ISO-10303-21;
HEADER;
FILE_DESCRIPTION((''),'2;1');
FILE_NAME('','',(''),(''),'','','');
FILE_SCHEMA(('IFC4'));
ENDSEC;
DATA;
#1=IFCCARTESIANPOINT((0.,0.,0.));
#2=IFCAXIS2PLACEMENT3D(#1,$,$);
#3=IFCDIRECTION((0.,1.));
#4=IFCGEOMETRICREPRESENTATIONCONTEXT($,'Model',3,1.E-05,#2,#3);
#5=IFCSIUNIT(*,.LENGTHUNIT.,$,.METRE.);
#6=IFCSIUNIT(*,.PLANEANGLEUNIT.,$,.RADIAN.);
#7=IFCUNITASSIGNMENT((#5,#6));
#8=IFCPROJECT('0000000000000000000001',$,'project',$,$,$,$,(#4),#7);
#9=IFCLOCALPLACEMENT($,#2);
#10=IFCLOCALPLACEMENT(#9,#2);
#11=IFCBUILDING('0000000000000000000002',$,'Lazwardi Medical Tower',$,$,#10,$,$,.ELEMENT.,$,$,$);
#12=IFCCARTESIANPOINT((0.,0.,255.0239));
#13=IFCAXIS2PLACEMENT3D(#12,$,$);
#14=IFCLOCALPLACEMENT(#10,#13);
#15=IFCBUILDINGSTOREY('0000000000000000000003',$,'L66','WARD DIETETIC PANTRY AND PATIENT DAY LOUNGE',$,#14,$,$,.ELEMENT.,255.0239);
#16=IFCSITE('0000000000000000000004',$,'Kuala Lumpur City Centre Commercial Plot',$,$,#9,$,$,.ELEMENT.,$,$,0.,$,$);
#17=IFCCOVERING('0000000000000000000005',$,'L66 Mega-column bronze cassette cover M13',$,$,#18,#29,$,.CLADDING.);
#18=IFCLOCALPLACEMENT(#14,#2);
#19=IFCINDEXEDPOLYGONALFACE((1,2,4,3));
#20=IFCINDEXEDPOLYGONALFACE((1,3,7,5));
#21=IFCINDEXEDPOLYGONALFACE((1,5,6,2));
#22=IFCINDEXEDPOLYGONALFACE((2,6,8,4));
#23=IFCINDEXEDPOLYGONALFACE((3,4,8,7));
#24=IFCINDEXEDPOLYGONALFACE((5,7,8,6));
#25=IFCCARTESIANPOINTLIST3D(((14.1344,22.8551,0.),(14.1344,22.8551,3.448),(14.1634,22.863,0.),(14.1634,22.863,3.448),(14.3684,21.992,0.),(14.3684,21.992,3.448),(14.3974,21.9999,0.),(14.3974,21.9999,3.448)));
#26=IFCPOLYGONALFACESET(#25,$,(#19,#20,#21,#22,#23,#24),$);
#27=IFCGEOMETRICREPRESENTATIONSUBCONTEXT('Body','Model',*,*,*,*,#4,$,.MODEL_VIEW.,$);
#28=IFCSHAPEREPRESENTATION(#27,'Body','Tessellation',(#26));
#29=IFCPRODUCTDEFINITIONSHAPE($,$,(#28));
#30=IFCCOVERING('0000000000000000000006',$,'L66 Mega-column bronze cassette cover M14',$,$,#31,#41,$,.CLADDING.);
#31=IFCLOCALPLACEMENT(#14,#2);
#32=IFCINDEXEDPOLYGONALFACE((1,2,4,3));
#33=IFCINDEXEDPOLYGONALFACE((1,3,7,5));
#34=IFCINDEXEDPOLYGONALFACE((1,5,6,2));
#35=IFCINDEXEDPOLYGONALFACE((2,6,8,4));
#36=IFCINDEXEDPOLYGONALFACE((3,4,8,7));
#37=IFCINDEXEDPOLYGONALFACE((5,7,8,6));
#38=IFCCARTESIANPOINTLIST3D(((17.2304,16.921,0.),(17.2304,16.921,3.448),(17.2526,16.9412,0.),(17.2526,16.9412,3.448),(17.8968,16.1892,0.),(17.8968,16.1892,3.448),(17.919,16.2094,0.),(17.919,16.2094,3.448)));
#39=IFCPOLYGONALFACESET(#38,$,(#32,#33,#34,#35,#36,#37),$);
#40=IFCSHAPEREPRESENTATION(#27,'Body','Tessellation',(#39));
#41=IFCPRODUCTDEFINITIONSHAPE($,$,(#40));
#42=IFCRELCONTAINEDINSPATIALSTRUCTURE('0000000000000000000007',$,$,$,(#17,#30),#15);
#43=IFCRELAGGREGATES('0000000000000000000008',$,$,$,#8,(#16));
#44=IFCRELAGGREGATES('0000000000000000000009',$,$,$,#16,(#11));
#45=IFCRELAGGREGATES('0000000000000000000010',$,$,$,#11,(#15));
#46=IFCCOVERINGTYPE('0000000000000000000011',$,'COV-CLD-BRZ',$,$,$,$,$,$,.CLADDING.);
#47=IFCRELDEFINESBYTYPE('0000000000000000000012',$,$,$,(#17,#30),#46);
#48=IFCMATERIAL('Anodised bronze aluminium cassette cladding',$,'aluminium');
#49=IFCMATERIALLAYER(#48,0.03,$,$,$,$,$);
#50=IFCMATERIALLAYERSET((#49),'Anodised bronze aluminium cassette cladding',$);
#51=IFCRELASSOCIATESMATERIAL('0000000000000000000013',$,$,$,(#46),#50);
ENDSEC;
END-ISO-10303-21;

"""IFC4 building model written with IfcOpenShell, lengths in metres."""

from ifc_helpers import new_model, si_unit, direction, frame, origin, origin_2d, place, context, subcontext, project, spatial, rectangle, extrude, material, layer, layer_set, type_object, element, save


model = new_model("IFC4")

# Units and contexts
model_context = context("Model", 3, precision=1e-05, world=origin(), true_north=direction((0.0, 1.0)))
body_context = subcontext(model_context, "Body", "Model", "MODEL_VIEW")
ifc_project = project(units=[si_unit("LENGTHUNIT", "METRE"), si_unit("PLANEANGLEUNIT", "RADIAN")], contexts=[model_context])

# Site, building, storey
site_placement = place(None, origin())
site = spatial("IfcSite", under=ifc_project, at=site_placement, Name="Kuala Lumpur City Centre Commercial Plot", CompositionType="ELEMENT", RefElevation=0.0)
building_placement = place(site_placement, origin())
building = spatial("IfcBuilding", under=site, at=building_placement, Name="Lazwardi Medical Tower", CompositionType="ELEMENT")
storey_placement = place(building_placement, frame((0.0, 0.0, 255.0239)))
storey = spatial("IfcBuildingStorey", under=building, at=storey_placement, Name="L66", Description="WARD DIETETIC PANTRY AND PATIENT DAY LOUNGE", CompositionType="ELEMENT", Elevation=255.0239)

# Coverings
ifc_material_1 = material(Name="Anodised bronze aluminium cassette cladding", Category="aluminium")
ifc_layer_1 = layer(ifc_material_1, 0.03)
ifc_layer_set_1 = layer_set([ifc_layer_1], Name="Anodised bronze aluminium cassette cladding")
covering_type = type_object("IfcCoveringType", Name="COV-CLD-BRZ", PredefinedType="CLADDING", material=ifc_layer_set_1)
covering_1_placement = place(storey_placement, frame((14.2659, 22.4275, 0.0), z_axis=(0.0, 0.0, 1.0), x_axis=(0.261642, -0.965165, 0.0)))
element("IfcCovering", 1, at=covering_1_placement, inside=storey, type_object=covering_type, Name="L66 Mega-column bronze cassette cover M13", PredefinedType="CLADDING", context=body_context, shape_type="SweptSolid", body=[
    extrude(rectangle(XDim=0.8943, YDim=0.03, at=origin_2d()), origin(), (0.0, 0.0, 1.0), 3.448),
])
covering_2_placement = place(storey_placement, frame((17.5747, 16.5652, 0.0), z_axis=(0.0, 0.0, 1.0), x_axis=(0.673241, -0.739423, 0.0)))
element("IfcCovering", 2, at=covering_2_placement, inside=storey, type_object=covering_type, Name="L66 Mega-column bronze cassette cover M14", PredefinedType="CLADDING", context=body_context, shape_type="SweptSolid", body=[
    extrude(rectangle(XDim=0.9897, YDim=0.03, at=origin_2d()), origin(), (0.0, 0.0, 1.0), 3.448),
])

save(model, "model.ifc")
